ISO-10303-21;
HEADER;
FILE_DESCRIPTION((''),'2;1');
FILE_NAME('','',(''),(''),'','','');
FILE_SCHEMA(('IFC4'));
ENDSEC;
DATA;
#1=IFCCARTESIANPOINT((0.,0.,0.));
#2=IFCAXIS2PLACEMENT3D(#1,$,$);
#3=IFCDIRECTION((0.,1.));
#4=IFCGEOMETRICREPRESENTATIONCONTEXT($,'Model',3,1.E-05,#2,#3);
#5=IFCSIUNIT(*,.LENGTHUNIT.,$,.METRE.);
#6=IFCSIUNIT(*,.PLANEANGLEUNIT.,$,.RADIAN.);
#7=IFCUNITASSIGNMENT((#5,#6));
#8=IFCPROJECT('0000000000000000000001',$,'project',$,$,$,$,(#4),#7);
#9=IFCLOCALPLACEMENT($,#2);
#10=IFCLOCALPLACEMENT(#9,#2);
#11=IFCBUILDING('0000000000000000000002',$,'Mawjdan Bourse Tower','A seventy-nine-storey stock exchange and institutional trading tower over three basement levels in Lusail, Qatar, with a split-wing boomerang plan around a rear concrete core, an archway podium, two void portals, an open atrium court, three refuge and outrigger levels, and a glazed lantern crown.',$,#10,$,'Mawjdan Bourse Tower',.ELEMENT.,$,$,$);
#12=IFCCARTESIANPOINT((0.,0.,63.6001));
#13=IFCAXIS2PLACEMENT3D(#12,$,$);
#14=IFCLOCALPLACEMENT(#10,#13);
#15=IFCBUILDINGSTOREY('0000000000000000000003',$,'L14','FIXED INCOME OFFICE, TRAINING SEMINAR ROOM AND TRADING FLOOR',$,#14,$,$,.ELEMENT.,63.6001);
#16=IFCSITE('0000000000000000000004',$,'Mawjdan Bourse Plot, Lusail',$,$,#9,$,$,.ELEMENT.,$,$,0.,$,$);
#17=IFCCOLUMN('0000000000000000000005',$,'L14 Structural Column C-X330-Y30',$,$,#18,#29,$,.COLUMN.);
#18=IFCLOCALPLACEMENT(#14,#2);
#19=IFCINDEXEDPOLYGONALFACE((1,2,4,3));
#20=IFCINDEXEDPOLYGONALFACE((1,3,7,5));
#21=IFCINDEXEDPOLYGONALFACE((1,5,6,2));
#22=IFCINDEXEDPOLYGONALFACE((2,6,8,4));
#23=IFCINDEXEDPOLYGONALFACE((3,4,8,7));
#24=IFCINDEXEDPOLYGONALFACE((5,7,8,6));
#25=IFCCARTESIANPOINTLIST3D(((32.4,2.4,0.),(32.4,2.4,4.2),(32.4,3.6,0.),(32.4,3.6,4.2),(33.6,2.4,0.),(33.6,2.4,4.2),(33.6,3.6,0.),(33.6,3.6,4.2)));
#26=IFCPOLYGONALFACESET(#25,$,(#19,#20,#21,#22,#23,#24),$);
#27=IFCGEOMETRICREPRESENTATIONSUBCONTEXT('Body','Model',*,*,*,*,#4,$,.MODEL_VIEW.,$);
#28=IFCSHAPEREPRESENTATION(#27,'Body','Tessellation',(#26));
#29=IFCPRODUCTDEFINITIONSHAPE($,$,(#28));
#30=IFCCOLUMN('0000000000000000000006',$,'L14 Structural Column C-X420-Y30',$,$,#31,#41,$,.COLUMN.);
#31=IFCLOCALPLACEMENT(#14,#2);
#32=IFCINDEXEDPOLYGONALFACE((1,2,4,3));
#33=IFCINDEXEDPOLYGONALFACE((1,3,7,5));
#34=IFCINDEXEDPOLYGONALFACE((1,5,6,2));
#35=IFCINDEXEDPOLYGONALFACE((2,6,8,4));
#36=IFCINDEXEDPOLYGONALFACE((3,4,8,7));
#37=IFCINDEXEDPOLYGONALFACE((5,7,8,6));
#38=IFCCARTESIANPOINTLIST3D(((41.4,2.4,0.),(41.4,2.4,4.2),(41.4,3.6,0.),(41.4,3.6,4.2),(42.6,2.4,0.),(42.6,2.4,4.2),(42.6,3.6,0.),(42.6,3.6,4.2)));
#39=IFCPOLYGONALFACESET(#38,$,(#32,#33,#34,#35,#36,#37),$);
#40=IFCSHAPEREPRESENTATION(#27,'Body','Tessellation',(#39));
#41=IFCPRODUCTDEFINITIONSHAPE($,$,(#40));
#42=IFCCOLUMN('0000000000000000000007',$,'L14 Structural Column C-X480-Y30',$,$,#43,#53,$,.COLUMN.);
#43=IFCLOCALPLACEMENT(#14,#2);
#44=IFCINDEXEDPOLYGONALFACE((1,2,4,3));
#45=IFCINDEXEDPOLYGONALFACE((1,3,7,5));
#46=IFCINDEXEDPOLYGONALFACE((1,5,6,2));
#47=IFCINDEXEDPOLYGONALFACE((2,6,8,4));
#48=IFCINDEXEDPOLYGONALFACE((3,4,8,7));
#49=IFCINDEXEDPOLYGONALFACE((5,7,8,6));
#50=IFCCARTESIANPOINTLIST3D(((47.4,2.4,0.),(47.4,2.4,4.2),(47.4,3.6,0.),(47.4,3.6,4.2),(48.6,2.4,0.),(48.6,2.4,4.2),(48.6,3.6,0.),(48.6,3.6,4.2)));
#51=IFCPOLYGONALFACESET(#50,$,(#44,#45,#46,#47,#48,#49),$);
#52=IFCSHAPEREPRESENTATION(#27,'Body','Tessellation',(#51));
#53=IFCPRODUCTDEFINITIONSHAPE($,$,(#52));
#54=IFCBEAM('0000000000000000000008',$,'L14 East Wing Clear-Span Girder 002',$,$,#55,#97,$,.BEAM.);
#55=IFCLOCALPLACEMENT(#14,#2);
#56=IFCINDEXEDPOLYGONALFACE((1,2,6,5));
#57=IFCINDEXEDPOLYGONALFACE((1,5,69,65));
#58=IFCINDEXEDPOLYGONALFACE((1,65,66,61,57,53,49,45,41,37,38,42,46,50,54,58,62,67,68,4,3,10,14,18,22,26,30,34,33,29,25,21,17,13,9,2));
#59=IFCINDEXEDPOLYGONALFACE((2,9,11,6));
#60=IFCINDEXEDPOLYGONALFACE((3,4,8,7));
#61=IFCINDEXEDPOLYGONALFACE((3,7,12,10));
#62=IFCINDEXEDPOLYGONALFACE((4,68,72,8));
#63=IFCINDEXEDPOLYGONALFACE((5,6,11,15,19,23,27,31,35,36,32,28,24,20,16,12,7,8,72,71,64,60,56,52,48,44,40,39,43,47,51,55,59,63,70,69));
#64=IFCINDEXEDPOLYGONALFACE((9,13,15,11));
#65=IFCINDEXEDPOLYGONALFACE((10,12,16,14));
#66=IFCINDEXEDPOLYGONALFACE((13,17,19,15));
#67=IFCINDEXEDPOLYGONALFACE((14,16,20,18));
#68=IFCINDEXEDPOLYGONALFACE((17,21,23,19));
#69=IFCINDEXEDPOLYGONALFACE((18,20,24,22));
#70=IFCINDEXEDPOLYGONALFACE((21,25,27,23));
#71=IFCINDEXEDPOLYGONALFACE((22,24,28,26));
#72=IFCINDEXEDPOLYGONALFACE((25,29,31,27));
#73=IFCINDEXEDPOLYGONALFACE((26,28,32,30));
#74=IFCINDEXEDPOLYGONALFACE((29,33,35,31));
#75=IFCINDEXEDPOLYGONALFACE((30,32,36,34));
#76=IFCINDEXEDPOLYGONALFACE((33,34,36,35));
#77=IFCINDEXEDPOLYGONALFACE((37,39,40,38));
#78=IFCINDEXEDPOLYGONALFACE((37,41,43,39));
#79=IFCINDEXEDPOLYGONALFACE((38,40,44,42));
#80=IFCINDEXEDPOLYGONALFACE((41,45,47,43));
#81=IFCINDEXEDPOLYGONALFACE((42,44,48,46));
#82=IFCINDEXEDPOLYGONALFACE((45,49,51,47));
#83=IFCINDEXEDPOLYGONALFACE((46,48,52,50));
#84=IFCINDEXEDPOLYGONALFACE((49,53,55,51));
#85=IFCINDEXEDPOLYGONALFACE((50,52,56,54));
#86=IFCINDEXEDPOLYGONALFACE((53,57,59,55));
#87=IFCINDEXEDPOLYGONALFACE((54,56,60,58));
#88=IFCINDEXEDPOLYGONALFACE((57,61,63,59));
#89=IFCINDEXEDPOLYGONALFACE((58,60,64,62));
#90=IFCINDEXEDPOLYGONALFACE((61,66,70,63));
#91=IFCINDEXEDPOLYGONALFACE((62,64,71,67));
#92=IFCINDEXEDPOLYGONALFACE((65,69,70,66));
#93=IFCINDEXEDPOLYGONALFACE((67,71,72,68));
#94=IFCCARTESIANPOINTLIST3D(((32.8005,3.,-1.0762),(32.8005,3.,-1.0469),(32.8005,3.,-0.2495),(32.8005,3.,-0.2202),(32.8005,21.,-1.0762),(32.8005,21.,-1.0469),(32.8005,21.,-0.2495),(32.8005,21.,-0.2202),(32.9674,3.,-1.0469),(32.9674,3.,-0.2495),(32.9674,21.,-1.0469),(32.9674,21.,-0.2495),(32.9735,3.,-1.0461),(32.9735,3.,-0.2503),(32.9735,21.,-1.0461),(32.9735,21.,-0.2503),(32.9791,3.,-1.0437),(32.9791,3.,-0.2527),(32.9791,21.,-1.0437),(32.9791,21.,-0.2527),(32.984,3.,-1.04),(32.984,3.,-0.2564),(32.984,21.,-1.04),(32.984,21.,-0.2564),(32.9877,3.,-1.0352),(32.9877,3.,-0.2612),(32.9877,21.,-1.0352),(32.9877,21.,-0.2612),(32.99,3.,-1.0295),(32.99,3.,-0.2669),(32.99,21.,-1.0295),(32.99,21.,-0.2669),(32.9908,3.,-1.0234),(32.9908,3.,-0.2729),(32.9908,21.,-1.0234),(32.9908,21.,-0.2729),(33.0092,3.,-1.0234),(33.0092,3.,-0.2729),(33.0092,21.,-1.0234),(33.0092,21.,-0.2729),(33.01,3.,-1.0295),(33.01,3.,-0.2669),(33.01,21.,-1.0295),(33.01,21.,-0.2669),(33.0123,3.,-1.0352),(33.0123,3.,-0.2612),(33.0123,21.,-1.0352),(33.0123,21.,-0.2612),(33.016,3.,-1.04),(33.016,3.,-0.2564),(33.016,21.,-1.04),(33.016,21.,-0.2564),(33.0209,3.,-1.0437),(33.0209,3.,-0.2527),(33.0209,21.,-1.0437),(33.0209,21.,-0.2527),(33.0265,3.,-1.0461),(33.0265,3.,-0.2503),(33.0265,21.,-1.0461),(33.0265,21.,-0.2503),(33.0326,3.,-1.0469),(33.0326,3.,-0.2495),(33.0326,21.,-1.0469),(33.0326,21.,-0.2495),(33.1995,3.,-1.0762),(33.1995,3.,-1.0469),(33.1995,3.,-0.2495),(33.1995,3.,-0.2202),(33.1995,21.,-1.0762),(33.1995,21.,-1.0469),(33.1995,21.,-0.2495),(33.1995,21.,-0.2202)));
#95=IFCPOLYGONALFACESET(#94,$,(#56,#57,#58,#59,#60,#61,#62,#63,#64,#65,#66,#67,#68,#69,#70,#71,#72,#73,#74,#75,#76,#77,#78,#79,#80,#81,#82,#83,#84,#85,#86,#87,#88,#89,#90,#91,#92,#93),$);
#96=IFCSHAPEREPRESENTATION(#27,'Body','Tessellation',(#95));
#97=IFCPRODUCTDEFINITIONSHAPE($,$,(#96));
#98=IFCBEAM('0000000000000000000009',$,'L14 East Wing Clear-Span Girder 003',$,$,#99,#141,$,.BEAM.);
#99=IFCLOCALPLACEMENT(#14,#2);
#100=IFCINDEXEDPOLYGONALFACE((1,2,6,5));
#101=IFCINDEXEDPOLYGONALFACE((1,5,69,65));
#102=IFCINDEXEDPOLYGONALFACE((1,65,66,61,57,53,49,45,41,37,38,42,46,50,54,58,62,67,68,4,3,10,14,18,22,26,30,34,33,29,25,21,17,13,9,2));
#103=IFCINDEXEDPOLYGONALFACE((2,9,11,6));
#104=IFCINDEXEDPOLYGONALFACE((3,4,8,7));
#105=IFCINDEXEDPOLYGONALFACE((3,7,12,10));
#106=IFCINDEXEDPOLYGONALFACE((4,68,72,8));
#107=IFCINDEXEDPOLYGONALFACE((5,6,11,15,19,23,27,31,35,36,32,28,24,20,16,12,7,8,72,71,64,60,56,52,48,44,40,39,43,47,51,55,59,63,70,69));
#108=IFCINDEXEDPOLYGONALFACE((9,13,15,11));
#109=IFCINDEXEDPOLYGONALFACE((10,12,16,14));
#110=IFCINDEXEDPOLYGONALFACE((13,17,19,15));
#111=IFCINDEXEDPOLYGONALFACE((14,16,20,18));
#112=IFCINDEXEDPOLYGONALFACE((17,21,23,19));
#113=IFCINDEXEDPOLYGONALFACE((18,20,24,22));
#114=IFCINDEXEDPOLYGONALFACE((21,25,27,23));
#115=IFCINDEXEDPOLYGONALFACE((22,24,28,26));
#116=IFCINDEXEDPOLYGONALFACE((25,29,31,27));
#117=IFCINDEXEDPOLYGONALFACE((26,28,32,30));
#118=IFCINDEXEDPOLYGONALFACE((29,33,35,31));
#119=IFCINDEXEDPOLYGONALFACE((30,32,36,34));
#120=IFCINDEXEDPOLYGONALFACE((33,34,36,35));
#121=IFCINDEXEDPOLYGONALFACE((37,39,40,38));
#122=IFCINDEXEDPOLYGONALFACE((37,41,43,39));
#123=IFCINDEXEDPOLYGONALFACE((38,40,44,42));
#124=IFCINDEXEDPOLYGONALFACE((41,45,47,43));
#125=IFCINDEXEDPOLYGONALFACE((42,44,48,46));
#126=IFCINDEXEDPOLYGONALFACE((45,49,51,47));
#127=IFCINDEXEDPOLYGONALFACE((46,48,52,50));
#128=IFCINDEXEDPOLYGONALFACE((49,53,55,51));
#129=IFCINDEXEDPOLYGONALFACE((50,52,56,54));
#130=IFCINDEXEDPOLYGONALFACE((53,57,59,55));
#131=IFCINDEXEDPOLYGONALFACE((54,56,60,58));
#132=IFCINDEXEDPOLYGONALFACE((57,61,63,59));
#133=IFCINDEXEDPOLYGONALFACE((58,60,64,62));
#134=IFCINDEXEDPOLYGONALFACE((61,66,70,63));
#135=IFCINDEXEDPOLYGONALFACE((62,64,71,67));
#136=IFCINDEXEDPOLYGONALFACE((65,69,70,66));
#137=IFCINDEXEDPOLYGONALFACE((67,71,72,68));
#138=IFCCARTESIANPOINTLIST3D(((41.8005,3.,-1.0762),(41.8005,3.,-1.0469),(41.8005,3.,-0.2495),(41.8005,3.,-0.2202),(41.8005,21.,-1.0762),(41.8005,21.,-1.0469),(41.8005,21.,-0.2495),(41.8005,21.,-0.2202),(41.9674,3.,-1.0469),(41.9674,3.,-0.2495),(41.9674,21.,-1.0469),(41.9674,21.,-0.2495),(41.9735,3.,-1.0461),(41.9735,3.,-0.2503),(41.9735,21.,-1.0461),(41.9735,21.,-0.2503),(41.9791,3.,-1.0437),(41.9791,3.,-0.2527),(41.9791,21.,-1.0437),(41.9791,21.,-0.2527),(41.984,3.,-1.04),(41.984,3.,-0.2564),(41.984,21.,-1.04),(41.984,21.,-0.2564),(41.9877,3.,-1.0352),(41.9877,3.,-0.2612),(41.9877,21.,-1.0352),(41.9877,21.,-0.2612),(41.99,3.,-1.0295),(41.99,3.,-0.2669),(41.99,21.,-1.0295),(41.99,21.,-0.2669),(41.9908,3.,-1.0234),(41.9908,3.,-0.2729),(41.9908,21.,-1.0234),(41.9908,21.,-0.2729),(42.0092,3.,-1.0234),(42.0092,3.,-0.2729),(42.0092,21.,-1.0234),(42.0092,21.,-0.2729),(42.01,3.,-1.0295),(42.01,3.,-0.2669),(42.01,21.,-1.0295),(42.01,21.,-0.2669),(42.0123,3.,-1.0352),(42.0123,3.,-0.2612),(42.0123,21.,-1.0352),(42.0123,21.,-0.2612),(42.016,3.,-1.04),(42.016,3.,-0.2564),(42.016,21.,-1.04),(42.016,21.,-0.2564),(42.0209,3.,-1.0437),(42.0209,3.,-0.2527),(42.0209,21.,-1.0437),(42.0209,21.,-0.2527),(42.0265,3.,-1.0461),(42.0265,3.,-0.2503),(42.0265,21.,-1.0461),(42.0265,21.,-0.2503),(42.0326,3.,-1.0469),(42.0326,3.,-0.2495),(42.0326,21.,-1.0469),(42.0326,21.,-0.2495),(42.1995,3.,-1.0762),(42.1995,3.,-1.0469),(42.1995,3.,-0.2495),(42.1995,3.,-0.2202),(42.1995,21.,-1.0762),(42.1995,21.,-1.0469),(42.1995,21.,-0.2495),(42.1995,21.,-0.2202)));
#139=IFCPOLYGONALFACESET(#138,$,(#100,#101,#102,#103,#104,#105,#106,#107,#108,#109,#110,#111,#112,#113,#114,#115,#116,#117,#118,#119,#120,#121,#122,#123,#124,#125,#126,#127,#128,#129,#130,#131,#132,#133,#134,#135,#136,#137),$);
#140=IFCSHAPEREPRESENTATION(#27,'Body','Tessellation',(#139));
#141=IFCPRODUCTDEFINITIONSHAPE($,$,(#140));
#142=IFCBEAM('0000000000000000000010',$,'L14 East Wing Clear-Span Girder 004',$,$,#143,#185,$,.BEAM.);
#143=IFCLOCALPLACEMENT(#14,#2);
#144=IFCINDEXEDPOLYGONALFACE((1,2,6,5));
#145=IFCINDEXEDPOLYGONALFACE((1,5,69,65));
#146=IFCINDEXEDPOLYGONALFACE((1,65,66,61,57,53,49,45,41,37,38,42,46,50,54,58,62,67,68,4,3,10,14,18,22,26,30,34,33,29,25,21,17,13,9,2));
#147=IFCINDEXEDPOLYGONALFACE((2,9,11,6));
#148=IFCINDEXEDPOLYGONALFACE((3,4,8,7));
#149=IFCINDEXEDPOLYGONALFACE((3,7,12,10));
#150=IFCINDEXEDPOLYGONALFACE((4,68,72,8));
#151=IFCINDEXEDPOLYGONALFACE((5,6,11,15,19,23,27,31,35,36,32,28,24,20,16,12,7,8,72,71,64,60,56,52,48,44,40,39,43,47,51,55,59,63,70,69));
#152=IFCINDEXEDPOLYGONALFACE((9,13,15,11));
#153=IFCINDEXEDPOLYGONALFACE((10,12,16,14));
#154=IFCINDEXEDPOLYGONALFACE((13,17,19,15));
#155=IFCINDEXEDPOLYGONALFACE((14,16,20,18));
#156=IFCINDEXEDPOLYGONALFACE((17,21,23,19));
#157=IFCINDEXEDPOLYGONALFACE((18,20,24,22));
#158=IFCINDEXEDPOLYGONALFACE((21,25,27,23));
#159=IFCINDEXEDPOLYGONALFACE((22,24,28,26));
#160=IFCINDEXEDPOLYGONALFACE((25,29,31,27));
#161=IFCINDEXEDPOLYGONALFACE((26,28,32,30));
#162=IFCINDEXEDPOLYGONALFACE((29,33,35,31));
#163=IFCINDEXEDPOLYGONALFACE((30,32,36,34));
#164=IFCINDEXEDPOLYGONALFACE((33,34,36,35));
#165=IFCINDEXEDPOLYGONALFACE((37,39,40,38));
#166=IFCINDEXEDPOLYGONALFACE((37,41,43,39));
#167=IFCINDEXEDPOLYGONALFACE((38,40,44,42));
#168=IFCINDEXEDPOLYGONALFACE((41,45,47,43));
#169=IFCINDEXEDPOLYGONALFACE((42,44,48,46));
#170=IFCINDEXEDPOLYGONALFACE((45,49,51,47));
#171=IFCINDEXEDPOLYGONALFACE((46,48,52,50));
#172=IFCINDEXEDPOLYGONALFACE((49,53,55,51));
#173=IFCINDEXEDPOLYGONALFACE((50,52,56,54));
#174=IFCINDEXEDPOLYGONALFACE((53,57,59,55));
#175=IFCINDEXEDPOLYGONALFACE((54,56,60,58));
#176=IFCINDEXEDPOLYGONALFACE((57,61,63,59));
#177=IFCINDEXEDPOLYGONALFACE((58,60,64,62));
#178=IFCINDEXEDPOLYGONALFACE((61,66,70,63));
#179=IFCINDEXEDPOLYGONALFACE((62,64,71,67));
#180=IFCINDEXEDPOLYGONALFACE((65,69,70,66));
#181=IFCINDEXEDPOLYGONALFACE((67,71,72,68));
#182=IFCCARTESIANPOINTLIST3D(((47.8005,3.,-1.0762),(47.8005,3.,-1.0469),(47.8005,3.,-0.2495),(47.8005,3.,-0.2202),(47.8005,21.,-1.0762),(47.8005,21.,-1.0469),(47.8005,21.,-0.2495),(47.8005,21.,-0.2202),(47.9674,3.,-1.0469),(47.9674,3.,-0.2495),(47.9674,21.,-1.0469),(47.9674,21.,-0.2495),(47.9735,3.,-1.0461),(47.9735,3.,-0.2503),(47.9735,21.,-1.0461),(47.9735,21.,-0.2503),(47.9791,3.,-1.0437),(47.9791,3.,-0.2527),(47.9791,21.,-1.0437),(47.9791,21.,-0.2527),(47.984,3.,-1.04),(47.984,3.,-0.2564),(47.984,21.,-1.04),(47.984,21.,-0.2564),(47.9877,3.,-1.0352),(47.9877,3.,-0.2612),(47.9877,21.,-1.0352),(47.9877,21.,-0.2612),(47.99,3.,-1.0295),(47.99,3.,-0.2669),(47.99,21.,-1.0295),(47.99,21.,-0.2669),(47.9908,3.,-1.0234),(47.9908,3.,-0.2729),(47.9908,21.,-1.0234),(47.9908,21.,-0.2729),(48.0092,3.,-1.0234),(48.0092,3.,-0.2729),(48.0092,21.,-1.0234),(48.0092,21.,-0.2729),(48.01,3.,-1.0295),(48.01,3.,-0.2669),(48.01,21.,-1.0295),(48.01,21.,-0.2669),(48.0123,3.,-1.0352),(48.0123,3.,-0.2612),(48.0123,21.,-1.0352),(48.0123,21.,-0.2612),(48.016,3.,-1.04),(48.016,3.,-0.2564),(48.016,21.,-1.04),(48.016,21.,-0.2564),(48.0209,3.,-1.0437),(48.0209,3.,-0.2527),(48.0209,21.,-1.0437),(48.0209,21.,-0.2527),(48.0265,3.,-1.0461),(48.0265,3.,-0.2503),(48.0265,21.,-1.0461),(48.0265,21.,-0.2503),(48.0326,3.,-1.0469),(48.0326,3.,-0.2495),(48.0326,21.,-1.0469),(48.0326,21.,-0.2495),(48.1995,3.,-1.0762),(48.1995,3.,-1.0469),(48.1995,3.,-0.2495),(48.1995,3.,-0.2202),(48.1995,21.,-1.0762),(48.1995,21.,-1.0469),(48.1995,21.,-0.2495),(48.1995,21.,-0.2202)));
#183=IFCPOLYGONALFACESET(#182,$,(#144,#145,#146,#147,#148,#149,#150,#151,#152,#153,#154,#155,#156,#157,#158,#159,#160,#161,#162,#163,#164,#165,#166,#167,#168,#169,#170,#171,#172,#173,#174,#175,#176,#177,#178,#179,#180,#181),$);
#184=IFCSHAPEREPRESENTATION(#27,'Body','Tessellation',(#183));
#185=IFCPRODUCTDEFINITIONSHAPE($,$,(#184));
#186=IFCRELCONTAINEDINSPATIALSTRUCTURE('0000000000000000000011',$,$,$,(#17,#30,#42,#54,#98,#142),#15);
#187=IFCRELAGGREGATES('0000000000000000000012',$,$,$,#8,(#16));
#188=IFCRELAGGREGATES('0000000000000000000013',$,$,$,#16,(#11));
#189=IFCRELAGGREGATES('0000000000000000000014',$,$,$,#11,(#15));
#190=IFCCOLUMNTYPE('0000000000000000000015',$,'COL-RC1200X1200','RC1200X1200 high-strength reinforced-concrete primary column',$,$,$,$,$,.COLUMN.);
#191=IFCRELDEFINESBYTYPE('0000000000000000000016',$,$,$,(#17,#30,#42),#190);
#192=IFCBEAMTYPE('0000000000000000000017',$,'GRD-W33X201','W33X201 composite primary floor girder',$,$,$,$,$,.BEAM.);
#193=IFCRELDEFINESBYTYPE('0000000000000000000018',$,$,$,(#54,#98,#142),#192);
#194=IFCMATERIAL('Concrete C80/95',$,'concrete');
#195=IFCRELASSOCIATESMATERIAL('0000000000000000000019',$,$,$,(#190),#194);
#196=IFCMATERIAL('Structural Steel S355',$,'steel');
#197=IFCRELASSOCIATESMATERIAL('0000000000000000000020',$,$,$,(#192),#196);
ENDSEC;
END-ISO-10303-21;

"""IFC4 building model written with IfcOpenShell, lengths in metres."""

from ifc_helpers import new_model, si_unit, direction, frame, origin, origin_2d, place, context, subcontext, project, spatial, rectangle, i_section, extrude, material, material_profile, profile_set, type_object, element, save


model = new_model("IFC4")

# Units and contexts
model_context = context("Model", 3, precision=1e-05, world=origin(), true_north=direction((0.0, 1.0)))
body_context = subcontext(model_context, "Body", "Model", "MODEL_VIEW")
ifc_project = project(units=[si_unit("LENGTHUNIT", "METRE"), si_unit("PLANEANGLEUNIT", "RADIAN")], contexts=[model_context])

# Site, building, storey
site_placement = place(None, origin())
site = spatial("IfcSite", under=ifc_project, at=site_placement, Name="Mawjdan Bourse Plot, Lusail", CompositionType="ELEMENT", RefElevation=0.0)
building_placement = place(site_placement, origin())
building = spatial("IfcBuilding", under=site, at=building_placement, Name="Mawjdan Bourse Tower", Description="A seventy-nine-storey stock exchange and institutional trading tower over three basement levels in Lusail, Qatar, with a split-wing boomerang plan around a rear concrete core, an archway podium, two void portals, an open atrium court, three refuge and outrigger levels, and a glazed lantern crown.", LongName="Mawjdan Bourse Tower", CompositionType="ELEMENT")
storey_placement = place(building_placement, frame((0.0, 0.0, 63.6001)))
storey = spatial("IfcBuildingStorey", under=building, at=storey_placement, Name="L14", Description="FIXED INCOME OFFICE, TRAINING SEMINAR ROOM AND TRADING FLOOR", CompositionType="ELEMENT", Elevation=63.6001)

# Columns
ifc_material_1 = material(Name="Concrete C80/95", Category="concrete")
ifc_material_profile_1 = material_profile(ifc_material_1, rectangle(XDim=1.2, YDim=1.2, at=origin_2d()), Name="RC1200X1200")
ifc_profile_set_1 = profile_set([ifc_material_profile_1], Name="Concrete C80/95")
column_type = type_object("IfcColumnType", Name="COL-RC1200X1200", Description="RC1200X1200 high-strength reinforced-concrete primary column", PredefinedType="COLUMN", material=ifc_profile_set_1)
for number, where, z_axis, x_axis, name in (
    (1, (33.0, 3.0, 0.0), (0.0, 0.0, 1.0), (1.0, 0.0, 0.0), "L14 Structural Column C-X330-Y30"),
    (2, (42.0, 3.0, 0.0), (0.0, 0.0, 1.0), (1.0, 0.0, 0.0), "L14 Structural Column C-X420-Y30"),
    (3, (48.0, 3.0, 0.0), (0.0, 0.0, 1.0), (1.0, 0.0, 0.0), "L14 Structural Column C-X480-Y30"),
):
    element("IfcColumn", number, at=place(storey_placement, frame(where, z_axis=z_axis, x_axis=x_axis)), inside=storey, type_object=column_type, Name=name, PredefinedType="COLUMN", context=body_context, shape_type="SweptSolid", body=[
        extrude(rectangle(XDim=1.2, YDim=1.2, at=origin_2d()), origin(), (0.0, 0.0, 1.0), 4.2),
    ])

# Beams
ifc_material_2 = material(Name="Structural Steel S355", Category="steel")
ifc_material_profile_2 = material_profile(ifc_material_2, i_section(OverallWidth=0.3989, OverallDepth=0.856, WebThickness=0.0183, FlangeThickness=0.0293, FilletRadius=0.0234, at=origin_2d()), Name="W33X201")
ifc_profile_set_2 = profile_set([ifc_material_profile_2], Name="Structural Steel S355")
beam_type_1 = type_object("IfcBeamType", Name="GRD-W33X201", Description="W33X201 composite primary floor girder", PredefinedType="BEAM", material=ifc_profile_set_2)
for number, where, z_axis, x_axis, name in (
    (4, (33.0, 3.0, -0.6482), (0.0, 1.0, 0.0), (-1.0, 0.0, 0.0), "L14 East Wing Clear-Span Girder 002"),
    (5, (42.0, 3.0, -0.6482), (0.0, 1.0, 0.0), (-1.0, 0.0, 0.0), "L14 East Wing Clear-Span Girder 003"),
    (6, (48.0, 3.0, -0.6482), (0.0, 1.0, 0.0), (-1.0, 0.0, 0.0), "L14 East Wing Clear-Span Girder 004"),
):
    element("IfcBeam", number, at=place(storey_placement, frame(where, z_axis=z_axis, x_axis=x_axis)), inside=storey, type_object=beam_type_1, Name=name, PredefinedType="BEAM", context=body_context, shape_type="SweptSolid", body=[
        extrude(i_section(OverallWidth=0.3989, OverallDepth=0.856, WebThickness=0.0183, FlangeThickness=0.0293, FilletRadius=0.0234, at=origin_2d()), origin(), (0.0, 0.0, 1.0), 18.0),
    ])

save(model, "model.ifc")
